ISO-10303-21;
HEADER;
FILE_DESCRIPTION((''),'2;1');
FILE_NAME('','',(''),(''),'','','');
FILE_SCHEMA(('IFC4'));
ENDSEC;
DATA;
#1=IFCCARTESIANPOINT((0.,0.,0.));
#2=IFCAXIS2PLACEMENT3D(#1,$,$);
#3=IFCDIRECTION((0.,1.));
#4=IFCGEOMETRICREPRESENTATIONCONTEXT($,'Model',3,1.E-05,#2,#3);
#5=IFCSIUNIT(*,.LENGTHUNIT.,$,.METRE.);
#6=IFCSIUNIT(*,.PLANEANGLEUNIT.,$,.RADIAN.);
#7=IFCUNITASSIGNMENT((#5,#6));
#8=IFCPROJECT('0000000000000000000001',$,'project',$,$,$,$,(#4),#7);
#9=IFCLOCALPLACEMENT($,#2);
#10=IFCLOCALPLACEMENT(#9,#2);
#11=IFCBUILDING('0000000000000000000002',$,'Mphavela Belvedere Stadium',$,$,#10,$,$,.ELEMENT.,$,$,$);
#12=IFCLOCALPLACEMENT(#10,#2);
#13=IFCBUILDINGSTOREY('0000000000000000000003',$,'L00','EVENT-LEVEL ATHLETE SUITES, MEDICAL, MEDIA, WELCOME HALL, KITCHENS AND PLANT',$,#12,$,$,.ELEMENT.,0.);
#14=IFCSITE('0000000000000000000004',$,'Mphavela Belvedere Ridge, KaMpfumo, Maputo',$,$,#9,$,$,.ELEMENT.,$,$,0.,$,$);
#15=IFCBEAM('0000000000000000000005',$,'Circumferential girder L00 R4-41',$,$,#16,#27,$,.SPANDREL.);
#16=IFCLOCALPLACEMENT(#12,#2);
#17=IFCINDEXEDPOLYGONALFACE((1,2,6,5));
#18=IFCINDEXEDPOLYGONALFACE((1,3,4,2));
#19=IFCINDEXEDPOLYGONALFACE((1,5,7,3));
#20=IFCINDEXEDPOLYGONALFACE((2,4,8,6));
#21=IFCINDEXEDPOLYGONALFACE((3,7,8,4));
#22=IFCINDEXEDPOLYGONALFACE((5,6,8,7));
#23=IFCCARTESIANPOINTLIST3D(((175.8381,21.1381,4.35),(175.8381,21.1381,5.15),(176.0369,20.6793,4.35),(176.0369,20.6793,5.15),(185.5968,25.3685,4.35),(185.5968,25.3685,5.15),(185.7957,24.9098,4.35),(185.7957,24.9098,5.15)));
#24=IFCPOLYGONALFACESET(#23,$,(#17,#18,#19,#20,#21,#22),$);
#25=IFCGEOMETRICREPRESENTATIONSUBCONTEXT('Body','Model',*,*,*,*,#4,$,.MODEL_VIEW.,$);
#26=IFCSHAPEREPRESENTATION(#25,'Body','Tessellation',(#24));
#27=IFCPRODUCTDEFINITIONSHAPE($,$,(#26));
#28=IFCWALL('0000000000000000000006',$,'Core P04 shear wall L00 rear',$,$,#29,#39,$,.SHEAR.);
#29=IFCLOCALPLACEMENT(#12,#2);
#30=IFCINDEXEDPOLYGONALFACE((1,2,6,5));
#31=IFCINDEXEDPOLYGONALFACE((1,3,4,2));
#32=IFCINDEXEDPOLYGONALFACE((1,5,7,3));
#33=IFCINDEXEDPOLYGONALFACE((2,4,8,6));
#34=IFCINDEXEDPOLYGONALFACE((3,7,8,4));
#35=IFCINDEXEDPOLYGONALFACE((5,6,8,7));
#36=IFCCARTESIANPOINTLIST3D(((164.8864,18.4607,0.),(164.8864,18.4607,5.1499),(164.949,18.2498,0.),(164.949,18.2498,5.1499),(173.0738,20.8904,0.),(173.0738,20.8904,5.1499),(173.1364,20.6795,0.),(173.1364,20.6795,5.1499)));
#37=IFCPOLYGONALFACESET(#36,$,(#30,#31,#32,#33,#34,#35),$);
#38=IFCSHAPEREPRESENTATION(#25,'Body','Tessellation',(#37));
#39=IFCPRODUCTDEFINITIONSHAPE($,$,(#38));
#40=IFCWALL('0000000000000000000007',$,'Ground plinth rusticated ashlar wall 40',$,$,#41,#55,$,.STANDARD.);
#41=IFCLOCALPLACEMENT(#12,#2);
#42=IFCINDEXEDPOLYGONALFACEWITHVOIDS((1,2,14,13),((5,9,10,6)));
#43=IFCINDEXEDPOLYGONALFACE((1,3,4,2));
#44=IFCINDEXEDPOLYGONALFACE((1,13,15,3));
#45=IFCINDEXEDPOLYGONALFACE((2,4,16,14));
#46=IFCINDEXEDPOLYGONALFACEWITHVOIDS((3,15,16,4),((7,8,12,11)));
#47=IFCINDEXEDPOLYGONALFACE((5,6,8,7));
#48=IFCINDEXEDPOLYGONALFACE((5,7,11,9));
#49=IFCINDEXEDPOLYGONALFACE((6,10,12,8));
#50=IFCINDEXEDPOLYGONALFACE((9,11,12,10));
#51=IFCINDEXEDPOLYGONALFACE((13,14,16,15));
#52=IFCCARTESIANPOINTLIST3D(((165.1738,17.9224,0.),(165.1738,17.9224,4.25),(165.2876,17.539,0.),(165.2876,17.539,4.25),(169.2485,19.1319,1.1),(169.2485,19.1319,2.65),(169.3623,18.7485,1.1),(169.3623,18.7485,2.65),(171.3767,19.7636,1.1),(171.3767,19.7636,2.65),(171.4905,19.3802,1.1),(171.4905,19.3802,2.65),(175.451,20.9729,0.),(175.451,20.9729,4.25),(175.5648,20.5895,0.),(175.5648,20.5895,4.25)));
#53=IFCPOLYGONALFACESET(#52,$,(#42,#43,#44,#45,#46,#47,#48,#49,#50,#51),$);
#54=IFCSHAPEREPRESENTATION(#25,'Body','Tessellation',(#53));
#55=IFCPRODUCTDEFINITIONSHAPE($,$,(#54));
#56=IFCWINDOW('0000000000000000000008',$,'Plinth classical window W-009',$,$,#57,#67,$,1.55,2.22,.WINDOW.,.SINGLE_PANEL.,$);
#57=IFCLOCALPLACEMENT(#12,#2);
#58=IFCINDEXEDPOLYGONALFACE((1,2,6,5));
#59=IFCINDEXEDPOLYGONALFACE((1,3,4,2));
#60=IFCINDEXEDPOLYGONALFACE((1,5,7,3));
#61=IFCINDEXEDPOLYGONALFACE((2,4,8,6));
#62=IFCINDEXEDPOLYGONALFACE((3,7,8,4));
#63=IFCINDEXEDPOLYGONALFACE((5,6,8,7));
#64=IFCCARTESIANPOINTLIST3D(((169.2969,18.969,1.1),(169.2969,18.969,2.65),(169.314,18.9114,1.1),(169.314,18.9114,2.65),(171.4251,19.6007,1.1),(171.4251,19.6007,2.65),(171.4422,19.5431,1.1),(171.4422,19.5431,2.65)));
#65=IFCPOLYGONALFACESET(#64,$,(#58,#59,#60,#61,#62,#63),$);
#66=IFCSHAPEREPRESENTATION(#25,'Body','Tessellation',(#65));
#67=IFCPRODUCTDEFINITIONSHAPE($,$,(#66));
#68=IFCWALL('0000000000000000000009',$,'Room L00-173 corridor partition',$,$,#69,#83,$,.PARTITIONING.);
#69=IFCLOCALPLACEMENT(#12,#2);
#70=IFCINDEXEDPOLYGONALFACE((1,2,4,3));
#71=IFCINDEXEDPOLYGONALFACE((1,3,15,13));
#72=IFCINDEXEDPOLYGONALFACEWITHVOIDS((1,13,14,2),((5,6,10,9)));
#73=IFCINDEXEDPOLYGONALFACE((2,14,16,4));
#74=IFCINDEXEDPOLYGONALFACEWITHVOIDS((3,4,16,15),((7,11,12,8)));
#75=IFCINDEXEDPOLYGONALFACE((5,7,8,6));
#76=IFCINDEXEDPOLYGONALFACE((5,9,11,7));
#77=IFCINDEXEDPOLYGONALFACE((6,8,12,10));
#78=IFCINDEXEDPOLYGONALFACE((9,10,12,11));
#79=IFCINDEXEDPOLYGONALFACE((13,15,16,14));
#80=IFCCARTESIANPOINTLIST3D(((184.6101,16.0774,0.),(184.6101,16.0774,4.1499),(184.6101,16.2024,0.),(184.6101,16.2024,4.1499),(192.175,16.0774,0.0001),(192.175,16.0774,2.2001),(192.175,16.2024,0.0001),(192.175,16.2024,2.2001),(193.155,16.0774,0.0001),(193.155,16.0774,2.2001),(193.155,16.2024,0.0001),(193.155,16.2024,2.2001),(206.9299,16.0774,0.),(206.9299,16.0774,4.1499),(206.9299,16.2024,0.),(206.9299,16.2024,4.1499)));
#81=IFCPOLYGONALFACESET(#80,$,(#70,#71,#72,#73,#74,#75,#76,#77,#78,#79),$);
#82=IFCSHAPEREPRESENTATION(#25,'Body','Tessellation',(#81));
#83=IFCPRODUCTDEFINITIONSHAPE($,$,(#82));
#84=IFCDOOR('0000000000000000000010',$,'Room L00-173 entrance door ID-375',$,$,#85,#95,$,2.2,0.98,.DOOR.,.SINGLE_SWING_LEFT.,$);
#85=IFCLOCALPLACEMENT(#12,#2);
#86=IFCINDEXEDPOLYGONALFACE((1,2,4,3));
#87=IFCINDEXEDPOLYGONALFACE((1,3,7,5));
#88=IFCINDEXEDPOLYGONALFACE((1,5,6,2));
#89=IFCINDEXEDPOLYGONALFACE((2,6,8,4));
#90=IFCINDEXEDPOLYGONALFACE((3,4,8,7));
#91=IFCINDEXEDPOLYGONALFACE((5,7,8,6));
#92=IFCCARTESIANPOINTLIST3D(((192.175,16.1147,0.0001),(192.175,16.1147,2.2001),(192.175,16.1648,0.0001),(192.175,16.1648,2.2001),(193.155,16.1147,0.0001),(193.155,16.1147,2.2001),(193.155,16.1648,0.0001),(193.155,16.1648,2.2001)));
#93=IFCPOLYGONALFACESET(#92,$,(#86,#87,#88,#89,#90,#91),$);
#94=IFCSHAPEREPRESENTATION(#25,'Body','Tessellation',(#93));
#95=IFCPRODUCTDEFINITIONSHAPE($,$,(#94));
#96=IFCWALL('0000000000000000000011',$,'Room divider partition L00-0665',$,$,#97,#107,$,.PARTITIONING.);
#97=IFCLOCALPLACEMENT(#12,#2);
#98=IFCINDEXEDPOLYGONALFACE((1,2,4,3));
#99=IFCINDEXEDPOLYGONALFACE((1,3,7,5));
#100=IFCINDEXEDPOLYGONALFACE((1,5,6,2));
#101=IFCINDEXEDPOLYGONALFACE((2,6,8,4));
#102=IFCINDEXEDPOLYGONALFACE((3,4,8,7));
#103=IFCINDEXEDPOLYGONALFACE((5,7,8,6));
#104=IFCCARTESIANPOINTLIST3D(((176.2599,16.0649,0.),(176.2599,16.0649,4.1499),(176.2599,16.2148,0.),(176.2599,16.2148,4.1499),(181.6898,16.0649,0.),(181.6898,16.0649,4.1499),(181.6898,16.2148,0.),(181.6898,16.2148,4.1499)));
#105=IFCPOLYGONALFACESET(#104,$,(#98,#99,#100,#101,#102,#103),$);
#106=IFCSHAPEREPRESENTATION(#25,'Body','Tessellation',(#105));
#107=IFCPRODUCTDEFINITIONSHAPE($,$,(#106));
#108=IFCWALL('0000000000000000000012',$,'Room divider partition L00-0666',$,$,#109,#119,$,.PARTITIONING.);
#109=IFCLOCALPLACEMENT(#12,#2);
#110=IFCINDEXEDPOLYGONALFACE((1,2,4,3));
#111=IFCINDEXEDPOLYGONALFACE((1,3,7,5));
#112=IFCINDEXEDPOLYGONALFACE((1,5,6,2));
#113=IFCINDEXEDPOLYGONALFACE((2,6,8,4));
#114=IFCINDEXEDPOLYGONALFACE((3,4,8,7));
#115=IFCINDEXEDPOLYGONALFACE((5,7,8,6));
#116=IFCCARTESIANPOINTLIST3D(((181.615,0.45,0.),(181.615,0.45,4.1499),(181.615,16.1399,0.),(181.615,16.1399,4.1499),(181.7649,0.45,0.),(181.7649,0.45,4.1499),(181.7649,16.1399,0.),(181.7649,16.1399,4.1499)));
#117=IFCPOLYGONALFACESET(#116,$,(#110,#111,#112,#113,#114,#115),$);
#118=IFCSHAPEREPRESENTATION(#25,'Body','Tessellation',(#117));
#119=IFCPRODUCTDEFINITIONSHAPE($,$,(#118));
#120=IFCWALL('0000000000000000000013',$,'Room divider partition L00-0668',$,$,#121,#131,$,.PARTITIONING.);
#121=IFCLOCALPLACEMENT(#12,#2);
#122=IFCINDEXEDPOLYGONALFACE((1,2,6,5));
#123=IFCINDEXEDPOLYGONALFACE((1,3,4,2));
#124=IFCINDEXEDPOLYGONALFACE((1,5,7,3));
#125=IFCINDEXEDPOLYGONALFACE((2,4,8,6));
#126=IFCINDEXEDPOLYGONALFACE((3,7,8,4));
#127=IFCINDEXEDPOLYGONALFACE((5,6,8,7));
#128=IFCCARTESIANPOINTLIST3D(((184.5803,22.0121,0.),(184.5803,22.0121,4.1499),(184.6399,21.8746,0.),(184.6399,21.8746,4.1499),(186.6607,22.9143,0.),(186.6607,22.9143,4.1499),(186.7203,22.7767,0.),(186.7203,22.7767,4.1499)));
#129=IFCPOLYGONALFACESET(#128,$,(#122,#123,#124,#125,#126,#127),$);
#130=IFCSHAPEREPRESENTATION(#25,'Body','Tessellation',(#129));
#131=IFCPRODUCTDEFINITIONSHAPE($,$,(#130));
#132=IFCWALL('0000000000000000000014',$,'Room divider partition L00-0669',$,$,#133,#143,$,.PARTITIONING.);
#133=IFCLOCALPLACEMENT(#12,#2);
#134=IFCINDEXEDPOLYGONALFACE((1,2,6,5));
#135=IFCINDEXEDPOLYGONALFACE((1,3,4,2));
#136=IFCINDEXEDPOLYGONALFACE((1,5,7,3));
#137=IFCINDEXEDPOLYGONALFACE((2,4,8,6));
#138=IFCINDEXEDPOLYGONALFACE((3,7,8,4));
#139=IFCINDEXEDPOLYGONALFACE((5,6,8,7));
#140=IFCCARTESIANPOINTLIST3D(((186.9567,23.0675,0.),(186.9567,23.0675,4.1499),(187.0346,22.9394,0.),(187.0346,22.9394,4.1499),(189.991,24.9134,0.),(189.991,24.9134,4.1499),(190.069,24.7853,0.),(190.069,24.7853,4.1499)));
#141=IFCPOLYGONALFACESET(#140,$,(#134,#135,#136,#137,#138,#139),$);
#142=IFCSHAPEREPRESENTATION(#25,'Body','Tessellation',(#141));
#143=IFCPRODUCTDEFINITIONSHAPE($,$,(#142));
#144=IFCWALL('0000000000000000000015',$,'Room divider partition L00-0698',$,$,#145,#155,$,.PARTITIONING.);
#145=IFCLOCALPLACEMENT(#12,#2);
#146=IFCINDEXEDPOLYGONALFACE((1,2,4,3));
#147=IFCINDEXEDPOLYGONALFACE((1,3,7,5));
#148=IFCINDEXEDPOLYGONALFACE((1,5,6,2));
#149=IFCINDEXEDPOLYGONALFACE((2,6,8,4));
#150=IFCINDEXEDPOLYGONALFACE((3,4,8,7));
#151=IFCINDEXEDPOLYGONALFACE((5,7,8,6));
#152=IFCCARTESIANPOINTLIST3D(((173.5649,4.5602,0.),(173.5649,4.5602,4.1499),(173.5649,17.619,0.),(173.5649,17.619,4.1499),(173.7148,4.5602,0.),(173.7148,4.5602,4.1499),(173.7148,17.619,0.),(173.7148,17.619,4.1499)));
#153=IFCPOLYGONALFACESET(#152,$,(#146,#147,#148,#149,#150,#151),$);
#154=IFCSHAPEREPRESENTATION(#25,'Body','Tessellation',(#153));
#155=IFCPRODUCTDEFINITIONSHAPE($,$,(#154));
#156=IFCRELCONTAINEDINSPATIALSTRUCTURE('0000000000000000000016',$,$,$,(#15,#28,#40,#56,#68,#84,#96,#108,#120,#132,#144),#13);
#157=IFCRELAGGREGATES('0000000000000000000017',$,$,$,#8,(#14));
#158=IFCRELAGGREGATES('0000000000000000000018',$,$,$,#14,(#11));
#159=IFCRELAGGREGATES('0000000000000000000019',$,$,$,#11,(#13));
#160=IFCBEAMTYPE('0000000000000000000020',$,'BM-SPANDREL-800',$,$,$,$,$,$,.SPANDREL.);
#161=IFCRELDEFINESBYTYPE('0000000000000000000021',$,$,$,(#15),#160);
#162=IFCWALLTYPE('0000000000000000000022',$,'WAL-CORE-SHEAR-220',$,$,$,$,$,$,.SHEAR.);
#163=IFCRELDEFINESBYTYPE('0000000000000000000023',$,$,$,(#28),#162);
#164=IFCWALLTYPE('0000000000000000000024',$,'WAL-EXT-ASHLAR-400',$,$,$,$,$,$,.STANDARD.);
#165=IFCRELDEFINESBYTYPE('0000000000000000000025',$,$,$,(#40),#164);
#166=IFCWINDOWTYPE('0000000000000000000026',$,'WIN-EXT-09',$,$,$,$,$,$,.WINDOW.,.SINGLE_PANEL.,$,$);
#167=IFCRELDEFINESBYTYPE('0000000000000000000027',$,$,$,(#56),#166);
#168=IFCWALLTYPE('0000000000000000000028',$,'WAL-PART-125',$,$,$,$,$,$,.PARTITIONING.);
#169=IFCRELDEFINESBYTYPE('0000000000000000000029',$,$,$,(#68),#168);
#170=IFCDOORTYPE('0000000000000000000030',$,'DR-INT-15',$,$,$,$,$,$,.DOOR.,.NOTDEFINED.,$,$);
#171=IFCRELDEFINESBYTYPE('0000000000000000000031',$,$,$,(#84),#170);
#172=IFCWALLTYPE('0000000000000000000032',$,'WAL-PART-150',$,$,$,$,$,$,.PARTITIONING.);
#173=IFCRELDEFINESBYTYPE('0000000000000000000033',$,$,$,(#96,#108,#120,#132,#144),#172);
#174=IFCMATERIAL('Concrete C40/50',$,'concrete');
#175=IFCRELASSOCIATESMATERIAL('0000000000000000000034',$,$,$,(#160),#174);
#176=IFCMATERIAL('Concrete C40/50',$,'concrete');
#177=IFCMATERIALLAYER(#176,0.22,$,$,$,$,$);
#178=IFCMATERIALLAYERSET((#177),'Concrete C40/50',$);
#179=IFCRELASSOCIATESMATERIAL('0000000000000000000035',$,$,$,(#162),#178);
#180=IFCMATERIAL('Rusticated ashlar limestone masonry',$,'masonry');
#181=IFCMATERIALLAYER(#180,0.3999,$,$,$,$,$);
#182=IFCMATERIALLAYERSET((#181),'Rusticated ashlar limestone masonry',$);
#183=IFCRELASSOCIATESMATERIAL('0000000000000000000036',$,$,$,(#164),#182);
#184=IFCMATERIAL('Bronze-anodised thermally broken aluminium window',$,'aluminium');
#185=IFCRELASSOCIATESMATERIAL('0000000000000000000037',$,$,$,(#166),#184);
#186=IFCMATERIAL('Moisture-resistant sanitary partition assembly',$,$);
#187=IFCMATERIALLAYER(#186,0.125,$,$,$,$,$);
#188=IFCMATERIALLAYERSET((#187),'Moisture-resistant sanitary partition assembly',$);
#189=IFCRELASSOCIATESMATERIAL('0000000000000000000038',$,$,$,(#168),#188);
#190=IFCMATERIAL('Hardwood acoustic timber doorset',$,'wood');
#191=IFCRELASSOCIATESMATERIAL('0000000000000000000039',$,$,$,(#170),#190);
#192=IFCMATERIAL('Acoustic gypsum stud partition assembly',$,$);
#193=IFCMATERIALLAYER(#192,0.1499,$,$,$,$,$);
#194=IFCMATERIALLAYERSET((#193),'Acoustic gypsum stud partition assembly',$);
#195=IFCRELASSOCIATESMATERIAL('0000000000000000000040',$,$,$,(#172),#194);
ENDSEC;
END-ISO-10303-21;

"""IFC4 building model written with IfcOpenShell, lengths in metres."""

from ifc_helpers import new_model, si_unit, direction, frame, frame_2d, origin, origin_2d, place, context, subcontext, project, spatial, rectangle, extrude, material, layer, layer_set, material_profile, profile_set, type_object, element, fill, save


model = new_model("IFC4")

# Units and contexts
model_context = context("Model", 3, precision=1e-05, world=origin(), true_north=direction((0.0, 1.0)))
body_context = subcontext(model_context, "Body", "Model", "MODEL_VIEW")
ifc_project = project(units=[si_unit("LENGTHUNIT", "METRE"), si_unit("PLANEANGLEUNIT", "RADIAN")], contexts=[model_context])

# Site, building, storey
site_placement = place(None, origin())
site = spatial("IfcSite", under=ifc_project, at=site_placement, Name="Mphavela Belvedere Ridge, KaMpfumo, Maputo", CompositionType="ELEMENT", RefElevation=0.0)
building_placement = place(site_placement, origin())
building = spatial("IfcBuilding", under=site, at=building_placement, Name="Mphavela Belvedere Stadium", CompositionType="ELEMENT")
storey_placement = place(building_placement, origin())
storey = spatial("IfcBuildingStorey", under=building, at=storey_placement, Name="L00", Description="EVENT-LEVEL ATHLETE SUITES, MEDICAL, MEDIA, WELCOME HALL, KITCHENS AND PLANT", CompositionType="ELEMENT", Elevation=0.0)

# Beam
ifc_material_1 = material(Name="Concrete C40/50", Category="concrete")
ifc_material_profile_1 = material_profile(ifc_material_1, rectangle(XDim=0.5, YDim=0.8, at=origin_2d()), Name="RC 500x800")
ifc_profile_set_1 = profile_set([ifc_material_profile_1], Name="Concrete C40/50")
beam_type_1 = type_object("IfcBeamType", Name="BM-SPANDREL-800", PredefinedType="SPANDREL", material=ifc_profile_set_1)
beam_1_placement = place(storey_placement, frame((175.9375, 20.9087, 4.75), z_axis=(0.917499, 0.397739, 0.0), x_axis=(-0.397739, 0.917499, 0.0)))
element("IfcBeam", 1, at=beam_1_placement, inside=storey, type_object=beam_type_1, Name="Circumferential girder L00 R4-41", PredefinedType="SPANDREL", context=body_context, shape_type="SweptSolid", body=[
    extrude(rectangle(XDim=0.5, YDim=0.8, at=origin_2d()), origin(), (0.0, 0.0, 1.0), 10.6362),
])

# Wall
ifc_material_2 = material(Name="Concrete C40/50", Category="concrete")
ifc_layer_1 = layer(ifc_material_2, 0.22)
ifc_layer_set_1 = layer_set([ifc_layer_1], Name="Concrete C40/50")
wall_type_1 = type_object("IfcWallType", Name="WAL-CORE-SHEAR-220", PredefinedType="SHEAR", material=ifc_layer_set_1)
wall_1_placement = place(storey_placement, frame((173.105, 20.7849, 0.0), z_axis=(0.0, 0.0, 1.0), x_axis=(-0.958676, -0.284501, 0.0)))
element("IfcWall", 2, at=wall_1_placement, inside=storey, type_object=wall_type_1, Name="Core P04 shear wall L00 rear", PredefinedType="SHEAR", context=body_context, shape_type="SweptSolid", body=[
    extrude(rectangle(XDim=8.5403, YDim=0.22, at=frame_2d((4.27, 0.0))), origin(), (0.0, 0.0, 1.0), 5.1499),
])

# Wall, opening, window
ifc_material_3 = material(Name="Rusticated ashlar limestone masonry", Category="masonry")
ifc_layer_2 = layer(ifc_material_3, 0.3999)
ifc_layer_set_2 = layer_set([ifc_layer_2], Name="Rusticated ashlar limestone masonry")
wall_type_2 = type_object("IfcWallType", Name="WAL-EXT-ASHLAR-400", PredefinedType="STANDARD", material=ifc_layer_set_2)
wall_2_placement = place(storey_placement, frame((175.5081, 20.7812, 0.0), z_axis=(0.0, 0.0, 1.0), x_axis=(-0.958661, -0.284551, 0.0)))
wall_2 = element("IfcWall", 3, at=wall_2_placement, inside=storey, type_object=wall_type_2, Name="Ground plinth rusticated ashlar wall 40", PredefinedType="STANDARD", context=body_context, shape_type="SweptSolid", body=[
    extrude(rectangle(XDim=10.7205, YDim=0.3999, at=frame_2d((5.3604, 0.0))), origin(), (0.0, 0.0, 1.0), 4.25),
])
opening_1_placement = place(wall_2_placement, frame((4.2502, 0.0, 1.1001)))
opening_1 = element("IfcOpeningElement", 4, at=opening_1_placement, cuts=wall_2, PredefinedType="OPENING", context=body_context, shape_type="SweptSolid", body=[
    extrude(rectangle(XDim=2.22, YDim=1.55, at=frame_2d((1.1099, 0.7749))), frame((0.0, 0.21, 0.0), z_axis=(0.0, -1.0, 0.0), x_axis=(1.0, 0.0, 0.0)), (0.0, 0.0, 1.0), 0.4199),
])
ifc_material_4 = material(Name="Bronze-anodised thermally broken aluminium window", Category="aluminium")
window_type = type_object("IfcWindowType", Name="WIN-EXT-09", PartitioningType="SINGLE_PANEL", PredefinedType="WINDOW", material=ifc_material_4)
window_placement = place(opening_1_placement, origin())
window = element("IfcWindow", 5, at=window_placement, inside=storey, type_object=window_type, Name="Plinth classical window W-009", OverallHeight=1.55, OverallWidth=2.22, PartitioningType="SINGLE_PANEL", PredefinedType="WINDOW", context=body_context, shape_type="SweptSolid", body=[
    extrude(rectangle(XDim=2.22, YDim=1.55, at=frame_2d((1.1099, 0.7749))), frame((0.0, 0.03, 0.0), z_axis=(0.0, -1.0, 0.0), x_axis=(1.0, 0.0, 0.0)), (0.0, 0.0, 1.0), 0.0601),
])
fill(opening_1, window)

# Wall, opening, door
ifc_material_5 = material(Name="Moisture-resistant sanitary partition assembly")
ifc_layer_3 = layer(ifc_material_5, 0.125)
ifc_layer_set_3 = layer_set([ifc_layer_3], Name="Moisture-resistant sanitary partition assembly")
wall_type_3 = type_object("IfcWallType", Name="WAL-PART-125", PredefinedType="PARTITIONING", material=ifc_layer_set_3)
wall_3_placement = place(storey_placement, frame((184.6101, 16.1399, 0.0), z_axis=(0.0, 0.0, 1.0), x_axis=(1.0, 0.0, 0.0)))
wall_3 = element("IfcWall", 6, at=wall_3_placement, inside=storey, type_object=wall_type_3, Name="Room L00-173 corridor partition", PredefinedType="PARTITIONING", context=body_context, shape_type="SweptSolid", body=[
    extrude(rectangle(XDim=22.3198, YDim=0.125, at=frame_2d((11.1599, 0.0))), origin(), (0.0, 0.0, 1.0), 4.1499),
])
opening_2_placement = place(wall_3_placement, frame((7.5649, 0.0, 0.0)))
opening_2 = element("IfcOpeningElement", 7, at=opening_2_placement, cuts=wall_3, PredefinedType="OPENING", context=body_context, shape_type="SweptSolid", body=[
    extrude(rectangle(XDim=0.98, YDim=2.2, at=frame_2d((0.49, 1.1001))), frame((0.0, 0.0725, 0.0), z_axis=(0.0, -1.0, 0.0), x_axis=(1.0, 0.0, 0.0)), (0.0, 0.0, 1.0), 0.145),
])
ifc_material_6 = material(Name="Hardwood acoustic timber doorset", Category="wood")
door_type = type_object("IfcDoorType", Name="DR-INT-15", OperationType="NOTDEFINED", PredefinedType="DOOR", material=ifc_material_6)
door_placement = place(opening_2_placement, origin())
door = element("IfcDoor", 8, at=door_placement, inside=storey, type_object=door_type, Name="Room L00-173 entrance door ID-375", OperationType="SINGLE_SWING_LEFT", OverallHeight=2.2, OverallWidth=0.98, PredefinedType="DOOR", context=body_context, shape_type="SweptSolid", body=[
    extrude(rectangle(XDim=0.98, YDim=2.2, at=frame_2d((0.49, 1.1001))), frame((0.0, 0.0249, 0.0), z_axis=(0.0, -1.0, 0.0), x_axis=(1.0, 0.0, 0.0)), (0.0, 0.0, 1.0), 0.05),
])
fill(opening_2, door)

# Walls
ifc_material_7 = material(Name="Acoustic gypsum stud partition assembly")
ifc_layer_4 = layer(ifc_material_7, 0.1499)
ifc_layer_set_4 = layer_set([ifc_layer_4], Name="Acoustic gypsum stud partition assembly")
wall_type_4 = type_object("IfcWallType", Name="WAL-PART-150", PredefinedType="PARTITIONING", material=ifc_layer_set_4)
wall_4_placement = place(storey_placement, frame((176.26, 16.1399, 0.0), z_axis=(0.0, 0.0, 1.0), x_axis=(1.0, 0.0, 0.0)))
element("IfcWall", 9, at=wall_4_placement, inside=storey, type_object=wall_type_4, Name="Room divider partition L00-0665", PredefinedType="PARTITIONING", context=body_context, shape_type="SweptSolid", body=[
    extrude(rectangle(XDim=5.4299, YDim=0.1499, at=frame_2d((2.7148, 0.0))), origin(), (0.0, 0.0, 1.0), 4.1499),
])
wall_5_placement = place(storey_placement, frame((181.6899, 16.1399, 0.0), z_axis=(0.0, 0.0, 1.0), x_axis=(0.0, -1.0, 0.0)))
element("IfcWall", 10, at=wall_5_placement, inside=storey, type_object=wall_type_4, Name="Room divider partition L00-0666", PredefinedType="PARTITIONING", context=body_context, shape_type="SweptSolid", body=[
    extrude(rectangle(XDim=15.6899, YDim=0.1499, at=frame_2d((7.845, 0.0))), origin(), (0.0, 0.0, 1.0), 4.1499),
])
wall_6_placement = place(storey_placement, frame((184.6101, 21.9434, 0.0), z_axis=(0.0, 0.0, 1.0), x_axis=(0.917455, 0.39784, 0.0)))
element("IfcWall", 11, at=wall_6_placement, inside=storey, type_object=wall_type_4, Name="Room divider partition L00-0668", PredefinedType="PARTITIONING", context=body_context, shape_type="SweptSolid", body=[
    extrude(rectangle(XDim=2.2676, YDim=0.1499, at=frame_2d((1.1338, 0.0))), origin(), (0.0, 0.0, 1.0), 4.1499),
])
wall_7_placement = place(storey_placement, frame((186.9956, 23.0034, 0.0), z_axis=(0.0, 0.0, 1.0), x_axis=(0.854335, 0.519722, 0.0)))
element("IfcWall", 12, at=wall_7_placement, inside=storey, type_object=wall_type_4, Name="Room divider partition L00-0669", PredefinedType="PARTITIONING", context=body_context, shape_type="SweptSolid", body=[
    extrude(rectangle(XDim=3.5518, YDim=0.1499, at=frame_2d((1.7759, 0.0))), origin(), (0.0, 0.0, 1.0), 4.1499),
])
wall_8_placement = place(storey_placement, frame((173.6399, 17.6189, 0.0), z_axis=(0.0, 0.0, 1.0), x_axis=(0.0, -1.0, 0.0)))
element("IfcWall", 13, at=wall_8_placement, inside=storey, type_object=wall_type_4, Name="Room divider partition L00-0698", PredefinedType="PARTITIONING", context=body_context, shape_type="SweptSolid", body=[
    extrude(rectangle(XDim=13.0588, YDim=0.1499, at=frame_2d((6.5293, 0.0))), origin(), (0.0, 0.0, 1.0), 4.1499),
])

save(model, "model.ifc")
